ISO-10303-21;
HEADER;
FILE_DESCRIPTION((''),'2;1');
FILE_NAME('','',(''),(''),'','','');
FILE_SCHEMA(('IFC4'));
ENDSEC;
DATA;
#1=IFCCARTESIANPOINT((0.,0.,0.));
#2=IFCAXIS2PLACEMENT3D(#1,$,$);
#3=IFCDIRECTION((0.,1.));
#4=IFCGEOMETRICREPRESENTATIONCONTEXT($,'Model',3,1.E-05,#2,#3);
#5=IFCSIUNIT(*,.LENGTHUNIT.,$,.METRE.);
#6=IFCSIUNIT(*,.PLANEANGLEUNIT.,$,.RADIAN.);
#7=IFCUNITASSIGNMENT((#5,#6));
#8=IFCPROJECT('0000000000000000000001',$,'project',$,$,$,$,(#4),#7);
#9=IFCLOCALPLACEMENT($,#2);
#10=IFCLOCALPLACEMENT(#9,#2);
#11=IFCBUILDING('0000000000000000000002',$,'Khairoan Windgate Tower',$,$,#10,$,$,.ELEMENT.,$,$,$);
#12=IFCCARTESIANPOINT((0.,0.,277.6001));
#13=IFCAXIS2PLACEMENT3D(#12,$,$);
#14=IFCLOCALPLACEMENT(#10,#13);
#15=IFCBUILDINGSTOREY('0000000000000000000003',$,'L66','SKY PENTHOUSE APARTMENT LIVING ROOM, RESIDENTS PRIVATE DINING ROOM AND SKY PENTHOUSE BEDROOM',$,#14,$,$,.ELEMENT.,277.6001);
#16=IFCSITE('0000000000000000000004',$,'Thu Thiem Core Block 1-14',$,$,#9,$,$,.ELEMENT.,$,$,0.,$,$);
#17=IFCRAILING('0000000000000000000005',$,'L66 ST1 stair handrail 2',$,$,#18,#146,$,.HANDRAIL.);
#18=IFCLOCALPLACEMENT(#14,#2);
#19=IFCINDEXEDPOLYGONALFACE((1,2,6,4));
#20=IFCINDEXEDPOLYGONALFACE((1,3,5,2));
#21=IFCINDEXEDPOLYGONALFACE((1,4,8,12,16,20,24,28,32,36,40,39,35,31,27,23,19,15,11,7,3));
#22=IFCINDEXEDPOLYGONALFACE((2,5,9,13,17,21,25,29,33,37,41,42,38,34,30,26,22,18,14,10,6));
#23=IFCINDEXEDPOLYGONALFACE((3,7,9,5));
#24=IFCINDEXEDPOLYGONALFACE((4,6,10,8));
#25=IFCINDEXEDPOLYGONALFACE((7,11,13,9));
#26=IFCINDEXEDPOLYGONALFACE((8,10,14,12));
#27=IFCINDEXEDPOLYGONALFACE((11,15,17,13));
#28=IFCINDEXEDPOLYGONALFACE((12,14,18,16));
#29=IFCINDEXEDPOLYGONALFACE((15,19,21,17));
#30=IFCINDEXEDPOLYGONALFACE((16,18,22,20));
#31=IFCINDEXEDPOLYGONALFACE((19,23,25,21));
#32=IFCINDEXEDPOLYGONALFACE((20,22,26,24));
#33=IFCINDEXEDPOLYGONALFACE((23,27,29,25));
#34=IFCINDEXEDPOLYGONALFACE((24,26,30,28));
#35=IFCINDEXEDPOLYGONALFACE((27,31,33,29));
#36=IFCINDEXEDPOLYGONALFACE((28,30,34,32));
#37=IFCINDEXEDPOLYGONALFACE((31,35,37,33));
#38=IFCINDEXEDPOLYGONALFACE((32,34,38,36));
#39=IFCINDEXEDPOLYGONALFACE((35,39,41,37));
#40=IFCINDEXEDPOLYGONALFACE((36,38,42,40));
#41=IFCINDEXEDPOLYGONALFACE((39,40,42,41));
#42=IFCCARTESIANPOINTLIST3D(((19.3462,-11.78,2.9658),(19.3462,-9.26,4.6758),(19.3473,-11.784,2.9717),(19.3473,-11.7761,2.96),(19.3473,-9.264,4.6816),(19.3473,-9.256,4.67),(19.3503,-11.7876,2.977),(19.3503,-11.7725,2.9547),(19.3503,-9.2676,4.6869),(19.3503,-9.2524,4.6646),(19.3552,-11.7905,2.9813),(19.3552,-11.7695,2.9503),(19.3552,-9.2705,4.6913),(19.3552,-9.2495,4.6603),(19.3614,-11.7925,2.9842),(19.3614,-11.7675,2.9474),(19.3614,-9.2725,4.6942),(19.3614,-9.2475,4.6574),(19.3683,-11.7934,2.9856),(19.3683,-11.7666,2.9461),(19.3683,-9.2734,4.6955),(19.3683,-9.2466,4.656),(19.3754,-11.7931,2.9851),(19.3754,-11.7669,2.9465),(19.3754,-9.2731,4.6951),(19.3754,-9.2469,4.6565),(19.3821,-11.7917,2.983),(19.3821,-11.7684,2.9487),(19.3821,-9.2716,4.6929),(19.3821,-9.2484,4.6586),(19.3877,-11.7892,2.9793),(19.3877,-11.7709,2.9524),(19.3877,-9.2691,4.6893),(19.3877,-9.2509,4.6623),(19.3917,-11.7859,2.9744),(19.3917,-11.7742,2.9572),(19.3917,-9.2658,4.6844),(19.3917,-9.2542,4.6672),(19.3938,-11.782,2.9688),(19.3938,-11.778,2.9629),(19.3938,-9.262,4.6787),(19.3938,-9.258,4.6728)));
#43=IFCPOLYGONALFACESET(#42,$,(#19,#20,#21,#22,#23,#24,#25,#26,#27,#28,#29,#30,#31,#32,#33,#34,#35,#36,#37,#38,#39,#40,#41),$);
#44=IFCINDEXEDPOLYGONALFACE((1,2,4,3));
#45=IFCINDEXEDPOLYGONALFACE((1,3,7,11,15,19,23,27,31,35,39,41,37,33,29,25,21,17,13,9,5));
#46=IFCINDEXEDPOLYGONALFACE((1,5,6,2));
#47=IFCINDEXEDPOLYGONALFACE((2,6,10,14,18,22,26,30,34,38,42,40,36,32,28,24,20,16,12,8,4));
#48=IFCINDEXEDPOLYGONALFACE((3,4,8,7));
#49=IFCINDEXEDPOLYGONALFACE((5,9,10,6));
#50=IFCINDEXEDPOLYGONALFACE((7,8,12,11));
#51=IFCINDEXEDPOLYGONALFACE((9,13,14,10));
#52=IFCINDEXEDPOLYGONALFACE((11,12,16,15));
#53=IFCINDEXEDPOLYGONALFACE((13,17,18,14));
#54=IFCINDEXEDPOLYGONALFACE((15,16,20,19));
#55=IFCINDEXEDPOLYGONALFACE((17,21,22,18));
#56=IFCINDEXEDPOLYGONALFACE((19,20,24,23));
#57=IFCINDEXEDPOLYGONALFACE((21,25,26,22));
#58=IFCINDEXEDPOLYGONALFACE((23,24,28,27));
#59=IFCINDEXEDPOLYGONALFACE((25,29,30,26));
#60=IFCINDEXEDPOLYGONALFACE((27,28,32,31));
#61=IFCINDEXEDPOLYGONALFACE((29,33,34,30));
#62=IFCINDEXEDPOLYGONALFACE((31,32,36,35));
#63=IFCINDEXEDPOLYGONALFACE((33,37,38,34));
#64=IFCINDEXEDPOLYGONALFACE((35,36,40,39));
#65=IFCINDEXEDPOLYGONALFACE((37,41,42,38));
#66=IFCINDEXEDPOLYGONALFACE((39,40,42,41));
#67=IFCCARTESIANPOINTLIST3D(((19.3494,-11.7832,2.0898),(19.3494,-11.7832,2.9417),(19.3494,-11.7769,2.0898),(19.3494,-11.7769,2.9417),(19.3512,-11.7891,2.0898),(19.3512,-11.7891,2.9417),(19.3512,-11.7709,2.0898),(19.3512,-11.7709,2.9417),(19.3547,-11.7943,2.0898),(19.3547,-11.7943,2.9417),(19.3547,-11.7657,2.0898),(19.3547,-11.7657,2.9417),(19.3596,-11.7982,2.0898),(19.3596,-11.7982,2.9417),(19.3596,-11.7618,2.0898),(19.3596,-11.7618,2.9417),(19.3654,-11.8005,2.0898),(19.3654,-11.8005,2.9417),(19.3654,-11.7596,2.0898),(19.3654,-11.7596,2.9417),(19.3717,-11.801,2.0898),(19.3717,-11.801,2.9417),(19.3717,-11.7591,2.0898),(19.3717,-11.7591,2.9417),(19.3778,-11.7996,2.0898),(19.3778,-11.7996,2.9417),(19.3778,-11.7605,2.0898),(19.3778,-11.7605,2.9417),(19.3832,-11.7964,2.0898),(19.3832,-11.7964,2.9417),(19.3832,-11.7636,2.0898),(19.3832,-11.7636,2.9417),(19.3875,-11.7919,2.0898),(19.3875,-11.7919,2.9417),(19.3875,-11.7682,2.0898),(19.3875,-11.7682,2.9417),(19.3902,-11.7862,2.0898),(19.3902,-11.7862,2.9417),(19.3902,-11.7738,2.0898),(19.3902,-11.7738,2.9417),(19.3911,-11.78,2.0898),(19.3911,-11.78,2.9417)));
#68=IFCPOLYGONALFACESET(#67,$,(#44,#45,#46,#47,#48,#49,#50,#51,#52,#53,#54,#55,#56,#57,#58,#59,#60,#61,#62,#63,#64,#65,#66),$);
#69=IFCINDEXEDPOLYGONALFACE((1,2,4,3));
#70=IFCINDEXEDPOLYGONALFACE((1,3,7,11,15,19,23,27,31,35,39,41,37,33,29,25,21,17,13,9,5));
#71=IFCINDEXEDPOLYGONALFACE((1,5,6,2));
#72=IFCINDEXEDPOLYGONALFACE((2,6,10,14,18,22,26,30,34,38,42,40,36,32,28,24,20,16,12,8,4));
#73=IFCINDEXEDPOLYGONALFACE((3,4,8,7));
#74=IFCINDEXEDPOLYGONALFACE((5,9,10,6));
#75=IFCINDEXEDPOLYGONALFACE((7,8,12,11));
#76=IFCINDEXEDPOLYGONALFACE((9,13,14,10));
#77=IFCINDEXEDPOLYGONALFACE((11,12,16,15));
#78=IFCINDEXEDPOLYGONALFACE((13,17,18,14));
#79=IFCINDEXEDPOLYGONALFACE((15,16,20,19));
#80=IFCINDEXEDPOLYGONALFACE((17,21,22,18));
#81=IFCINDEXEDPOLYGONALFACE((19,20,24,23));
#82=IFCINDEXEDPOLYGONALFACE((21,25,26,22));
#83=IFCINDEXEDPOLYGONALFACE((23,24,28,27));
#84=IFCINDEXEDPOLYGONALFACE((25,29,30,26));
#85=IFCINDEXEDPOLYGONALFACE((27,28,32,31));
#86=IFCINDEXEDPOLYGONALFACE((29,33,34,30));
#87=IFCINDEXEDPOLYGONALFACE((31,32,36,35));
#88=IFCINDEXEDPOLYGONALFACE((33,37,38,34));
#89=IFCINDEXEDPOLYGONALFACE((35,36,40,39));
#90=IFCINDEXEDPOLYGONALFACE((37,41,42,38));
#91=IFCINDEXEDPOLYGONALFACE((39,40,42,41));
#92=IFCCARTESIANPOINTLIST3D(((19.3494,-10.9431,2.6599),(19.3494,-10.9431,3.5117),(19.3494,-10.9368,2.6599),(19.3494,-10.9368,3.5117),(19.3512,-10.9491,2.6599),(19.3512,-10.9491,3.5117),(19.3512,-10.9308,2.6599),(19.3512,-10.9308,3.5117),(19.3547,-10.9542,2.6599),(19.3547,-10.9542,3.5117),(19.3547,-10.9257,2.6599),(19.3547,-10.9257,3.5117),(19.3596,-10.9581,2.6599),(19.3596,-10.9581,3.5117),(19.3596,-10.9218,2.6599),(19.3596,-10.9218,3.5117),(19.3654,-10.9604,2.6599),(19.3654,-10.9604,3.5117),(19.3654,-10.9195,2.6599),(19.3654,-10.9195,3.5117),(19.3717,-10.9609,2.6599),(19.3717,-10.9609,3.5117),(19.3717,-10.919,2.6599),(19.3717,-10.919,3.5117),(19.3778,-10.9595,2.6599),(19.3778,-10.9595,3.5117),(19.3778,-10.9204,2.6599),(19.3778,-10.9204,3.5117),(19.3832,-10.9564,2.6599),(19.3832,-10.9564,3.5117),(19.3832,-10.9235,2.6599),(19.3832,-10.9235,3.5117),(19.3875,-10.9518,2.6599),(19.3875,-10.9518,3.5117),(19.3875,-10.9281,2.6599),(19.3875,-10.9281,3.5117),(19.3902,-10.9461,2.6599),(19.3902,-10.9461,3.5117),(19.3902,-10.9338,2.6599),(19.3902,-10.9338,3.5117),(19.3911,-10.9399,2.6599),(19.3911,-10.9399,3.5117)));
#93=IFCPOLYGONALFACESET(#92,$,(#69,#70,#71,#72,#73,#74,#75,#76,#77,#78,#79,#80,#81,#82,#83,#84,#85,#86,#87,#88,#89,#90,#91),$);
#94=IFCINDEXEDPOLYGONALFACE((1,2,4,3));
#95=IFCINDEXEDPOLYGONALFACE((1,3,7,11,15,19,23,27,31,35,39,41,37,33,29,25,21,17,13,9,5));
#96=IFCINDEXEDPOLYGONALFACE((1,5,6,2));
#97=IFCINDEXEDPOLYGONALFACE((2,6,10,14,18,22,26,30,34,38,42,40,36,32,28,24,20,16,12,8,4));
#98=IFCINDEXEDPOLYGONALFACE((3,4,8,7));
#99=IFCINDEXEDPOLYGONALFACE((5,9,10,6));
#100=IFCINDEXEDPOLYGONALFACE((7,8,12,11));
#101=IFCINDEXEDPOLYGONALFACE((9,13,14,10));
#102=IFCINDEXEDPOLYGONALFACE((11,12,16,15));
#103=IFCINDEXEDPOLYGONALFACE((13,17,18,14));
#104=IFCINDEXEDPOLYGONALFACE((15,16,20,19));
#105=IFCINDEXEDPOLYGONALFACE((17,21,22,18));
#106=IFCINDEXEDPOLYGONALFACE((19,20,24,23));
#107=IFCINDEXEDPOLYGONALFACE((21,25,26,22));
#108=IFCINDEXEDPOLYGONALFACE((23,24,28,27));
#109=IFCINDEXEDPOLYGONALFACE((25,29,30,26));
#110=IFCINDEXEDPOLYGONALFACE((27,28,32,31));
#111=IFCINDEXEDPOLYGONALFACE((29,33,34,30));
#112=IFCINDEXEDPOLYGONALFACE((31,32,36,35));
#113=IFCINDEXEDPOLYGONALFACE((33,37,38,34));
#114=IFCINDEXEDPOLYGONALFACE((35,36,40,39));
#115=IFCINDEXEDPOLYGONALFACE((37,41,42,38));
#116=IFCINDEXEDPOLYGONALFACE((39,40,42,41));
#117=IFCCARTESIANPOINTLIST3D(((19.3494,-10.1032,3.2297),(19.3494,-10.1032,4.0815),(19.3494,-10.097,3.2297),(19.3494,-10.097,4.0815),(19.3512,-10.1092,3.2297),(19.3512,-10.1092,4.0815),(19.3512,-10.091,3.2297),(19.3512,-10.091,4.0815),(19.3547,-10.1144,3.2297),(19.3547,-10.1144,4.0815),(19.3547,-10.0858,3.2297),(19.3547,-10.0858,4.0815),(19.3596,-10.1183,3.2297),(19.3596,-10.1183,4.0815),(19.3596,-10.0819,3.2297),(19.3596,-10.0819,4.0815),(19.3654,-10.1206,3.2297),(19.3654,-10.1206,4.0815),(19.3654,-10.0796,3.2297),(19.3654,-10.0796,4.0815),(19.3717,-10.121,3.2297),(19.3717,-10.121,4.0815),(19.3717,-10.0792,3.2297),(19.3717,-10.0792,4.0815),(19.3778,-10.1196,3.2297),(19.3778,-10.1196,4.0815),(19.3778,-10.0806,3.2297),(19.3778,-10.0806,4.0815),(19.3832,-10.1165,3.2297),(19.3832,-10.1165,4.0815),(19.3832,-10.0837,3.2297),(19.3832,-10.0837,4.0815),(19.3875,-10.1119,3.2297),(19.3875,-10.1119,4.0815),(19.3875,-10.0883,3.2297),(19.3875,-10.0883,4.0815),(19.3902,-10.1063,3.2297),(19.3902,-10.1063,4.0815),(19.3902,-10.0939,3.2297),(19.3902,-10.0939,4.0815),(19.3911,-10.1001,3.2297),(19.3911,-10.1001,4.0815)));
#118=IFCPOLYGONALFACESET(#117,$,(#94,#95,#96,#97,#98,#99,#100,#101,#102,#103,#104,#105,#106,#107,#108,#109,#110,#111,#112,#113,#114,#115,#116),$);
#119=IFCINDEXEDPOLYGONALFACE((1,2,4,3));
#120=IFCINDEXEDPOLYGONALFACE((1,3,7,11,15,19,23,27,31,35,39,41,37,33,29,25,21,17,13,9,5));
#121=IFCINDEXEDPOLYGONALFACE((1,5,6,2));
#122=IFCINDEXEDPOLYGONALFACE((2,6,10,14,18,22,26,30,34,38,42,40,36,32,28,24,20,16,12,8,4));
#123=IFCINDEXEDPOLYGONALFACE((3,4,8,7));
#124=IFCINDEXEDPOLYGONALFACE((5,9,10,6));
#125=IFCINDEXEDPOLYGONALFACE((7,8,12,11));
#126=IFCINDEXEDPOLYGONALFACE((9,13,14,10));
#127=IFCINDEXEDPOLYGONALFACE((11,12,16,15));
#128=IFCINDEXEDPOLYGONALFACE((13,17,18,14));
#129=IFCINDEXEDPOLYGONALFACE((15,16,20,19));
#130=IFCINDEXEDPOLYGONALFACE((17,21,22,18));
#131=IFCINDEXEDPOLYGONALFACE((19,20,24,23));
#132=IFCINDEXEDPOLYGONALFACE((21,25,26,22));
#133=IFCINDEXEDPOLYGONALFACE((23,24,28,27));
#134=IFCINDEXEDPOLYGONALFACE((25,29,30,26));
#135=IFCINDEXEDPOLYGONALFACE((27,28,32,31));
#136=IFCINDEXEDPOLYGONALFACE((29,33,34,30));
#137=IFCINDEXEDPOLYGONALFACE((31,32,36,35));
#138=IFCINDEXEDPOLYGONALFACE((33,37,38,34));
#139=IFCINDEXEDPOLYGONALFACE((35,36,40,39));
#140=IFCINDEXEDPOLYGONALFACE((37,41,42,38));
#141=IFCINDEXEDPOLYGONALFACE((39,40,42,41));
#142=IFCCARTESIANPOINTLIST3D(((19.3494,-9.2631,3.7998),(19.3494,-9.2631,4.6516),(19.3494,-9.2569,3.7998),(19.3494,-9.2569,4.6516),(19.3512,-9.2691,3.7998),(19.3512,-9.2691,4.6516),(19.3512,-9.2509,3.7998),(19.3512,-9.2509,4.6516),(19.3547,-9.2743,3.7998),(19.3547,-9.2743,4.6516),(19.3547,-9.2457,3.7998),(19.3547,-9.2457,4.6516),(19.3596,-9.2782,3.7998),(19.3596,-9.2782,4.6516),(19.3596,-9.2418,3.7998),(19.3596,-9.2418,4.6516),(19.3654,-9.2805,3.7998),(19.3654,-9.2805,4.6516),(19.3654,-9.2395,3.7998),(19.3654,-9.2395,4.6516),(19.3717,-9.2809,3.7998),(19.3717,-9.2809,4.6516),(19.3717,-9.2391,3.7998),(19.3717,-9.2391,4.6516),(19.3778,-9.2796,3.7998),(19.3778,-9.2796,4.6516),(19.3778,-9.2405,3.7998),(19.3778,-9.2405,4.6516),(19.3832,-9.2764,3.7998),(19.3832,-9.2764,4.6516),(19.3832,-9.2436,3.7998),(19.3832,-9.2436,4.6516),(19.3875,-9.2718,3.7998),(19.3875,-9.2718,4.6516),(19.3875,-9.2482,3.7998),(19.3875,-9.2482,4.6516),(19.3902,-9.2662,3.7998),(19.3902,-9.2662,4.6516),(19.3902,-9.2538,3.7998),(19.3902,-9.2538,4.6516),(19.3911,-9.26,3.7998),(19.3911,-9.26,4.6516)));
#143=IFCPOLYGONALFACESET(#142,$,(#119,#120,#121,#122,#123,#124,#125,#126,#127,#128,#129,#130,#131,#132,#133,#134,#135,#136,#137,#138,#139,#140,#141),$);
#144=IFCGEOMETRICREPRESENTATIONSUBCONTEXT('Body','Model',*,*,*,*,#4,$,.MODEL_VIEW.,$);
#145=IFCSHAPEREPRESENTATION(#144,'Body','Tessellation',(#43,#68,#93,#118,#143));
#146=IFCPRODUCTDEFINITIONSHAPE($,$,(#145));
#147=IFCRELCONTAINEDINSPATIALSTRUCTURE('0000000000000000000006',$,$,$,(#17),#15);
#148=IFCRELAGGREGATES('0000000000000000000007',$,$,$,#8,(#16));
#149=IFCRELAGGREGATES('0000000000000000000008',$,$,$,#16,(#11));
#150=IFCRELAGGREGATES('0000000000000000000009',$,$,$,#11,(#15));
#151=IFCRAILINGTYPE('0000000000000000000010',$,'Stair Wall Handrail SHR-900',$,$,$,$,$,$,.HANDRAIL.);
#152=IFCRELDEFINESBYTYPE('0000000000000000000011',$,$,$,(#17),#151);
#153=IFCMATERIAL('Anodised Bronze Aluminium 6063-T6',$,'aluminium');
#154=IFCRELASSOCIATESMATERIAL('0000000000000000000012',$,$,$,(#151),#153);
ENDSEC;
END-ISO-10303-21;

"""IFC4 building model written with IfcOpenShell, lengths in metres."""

from ifc_helpers import new_model, si_unit, direction, frame, origin, origin_2d, place, context, subcontext, project, spatial, circle, extrude, material, type_object, element, save


model = new_model("IFC4")

# Units and contexts
model_context = context("Model", 3, precision=1e-05, world=origin(), true_north=direction((0.0, 1.0)))
body_context = subcontext(model_context, "Body", "Model", "MODEL_VIEW")
ifc_project = project(units=[si_unit("LENGTHUNIT", "METRE"), si_unit("PLANEANGLEUNIT", "RADIAN")], contexts=[model_context])

# Site, building, storey
site_placement = place(None, origin())
site = spatial("IfcSite", under=ifc_project, at=site_placement, Name="Thu Thiem Core Block 1-14", CompositionType="ELEMENT", RefElevation=0.0)
building_placement = place(site_placement, origin())
building = spatial("IfcBuilding", under=site, at=building_placement, Name="Khairoan Windgate Tower", CompositionType="ELEMENT")
storey_placement = place(building_placement, frame((0.0, 0.0, 277.6001)))
storey = spatial("IfcBuildingStorey", under=building, at=storey_placement, Name="L66", Description="SKY PENTHOUSE APARTMENT LIVING ROOM, RESIDENTS PRIVATE DINING ROOM AND SKY PENTHOUSE BEDROOM", CompositionType="ELEMENT", Elevation=277.6001)

# Railing
ifc_material_1 = material(Name="Anodised Bronze Aluminium 6063-T6", Category="aluminium")
railing_type_1 = type_object("IfcRailingType", Name="Stair Wall Handrail SHR-900", PredefinedType="HANDRAIL", material=ifc_material_1)
railing_1_placement = place(storey_placement, frame((19.3701, -11.78, 2.0898)))
element("IfcRailing", 1, at=railing_1_placement, inside=storey, type_object=railing_type_1, Name="L66 ST1 stair handrail 2", PredefinedType="HANDRAIL", context=body_context, shape_type="SweptSolid", body=[
    extrude(circle(Radius=0.0239, at=origin_2d()), frame((0.0, 0.0, 0.876), z_axis=(0.0, 0.827484, 0.56149), x_axis=(-1.0, 0.0, 0.0)), (0.0, 0.0, 1.0), 3.0454),
    extrude(circle(Radius=0.021, at=origin_2d()), origin(), (0.0, 0.0, 1.0), 0.8518),
    extrude(circle(Radius=0.021, at=origin_2d()), frame((0.0, 0.8401, 0.5701)), (0.0, 0.0, 1.0), 0.8518),
    extrude(circle(Radius=0.021, at=origin_2d()), frame((0.0, 1.6799, 1.1399)), (0.0, 0.0, 1.0), 0.8518),
    extrude(circle(Radius=0.021, at=origin_2d()), frame((0.0, 2.52, 1.71)), (0.0, 0.0, 1.0), 0.8518),
])

save(model, "model.ifc")
